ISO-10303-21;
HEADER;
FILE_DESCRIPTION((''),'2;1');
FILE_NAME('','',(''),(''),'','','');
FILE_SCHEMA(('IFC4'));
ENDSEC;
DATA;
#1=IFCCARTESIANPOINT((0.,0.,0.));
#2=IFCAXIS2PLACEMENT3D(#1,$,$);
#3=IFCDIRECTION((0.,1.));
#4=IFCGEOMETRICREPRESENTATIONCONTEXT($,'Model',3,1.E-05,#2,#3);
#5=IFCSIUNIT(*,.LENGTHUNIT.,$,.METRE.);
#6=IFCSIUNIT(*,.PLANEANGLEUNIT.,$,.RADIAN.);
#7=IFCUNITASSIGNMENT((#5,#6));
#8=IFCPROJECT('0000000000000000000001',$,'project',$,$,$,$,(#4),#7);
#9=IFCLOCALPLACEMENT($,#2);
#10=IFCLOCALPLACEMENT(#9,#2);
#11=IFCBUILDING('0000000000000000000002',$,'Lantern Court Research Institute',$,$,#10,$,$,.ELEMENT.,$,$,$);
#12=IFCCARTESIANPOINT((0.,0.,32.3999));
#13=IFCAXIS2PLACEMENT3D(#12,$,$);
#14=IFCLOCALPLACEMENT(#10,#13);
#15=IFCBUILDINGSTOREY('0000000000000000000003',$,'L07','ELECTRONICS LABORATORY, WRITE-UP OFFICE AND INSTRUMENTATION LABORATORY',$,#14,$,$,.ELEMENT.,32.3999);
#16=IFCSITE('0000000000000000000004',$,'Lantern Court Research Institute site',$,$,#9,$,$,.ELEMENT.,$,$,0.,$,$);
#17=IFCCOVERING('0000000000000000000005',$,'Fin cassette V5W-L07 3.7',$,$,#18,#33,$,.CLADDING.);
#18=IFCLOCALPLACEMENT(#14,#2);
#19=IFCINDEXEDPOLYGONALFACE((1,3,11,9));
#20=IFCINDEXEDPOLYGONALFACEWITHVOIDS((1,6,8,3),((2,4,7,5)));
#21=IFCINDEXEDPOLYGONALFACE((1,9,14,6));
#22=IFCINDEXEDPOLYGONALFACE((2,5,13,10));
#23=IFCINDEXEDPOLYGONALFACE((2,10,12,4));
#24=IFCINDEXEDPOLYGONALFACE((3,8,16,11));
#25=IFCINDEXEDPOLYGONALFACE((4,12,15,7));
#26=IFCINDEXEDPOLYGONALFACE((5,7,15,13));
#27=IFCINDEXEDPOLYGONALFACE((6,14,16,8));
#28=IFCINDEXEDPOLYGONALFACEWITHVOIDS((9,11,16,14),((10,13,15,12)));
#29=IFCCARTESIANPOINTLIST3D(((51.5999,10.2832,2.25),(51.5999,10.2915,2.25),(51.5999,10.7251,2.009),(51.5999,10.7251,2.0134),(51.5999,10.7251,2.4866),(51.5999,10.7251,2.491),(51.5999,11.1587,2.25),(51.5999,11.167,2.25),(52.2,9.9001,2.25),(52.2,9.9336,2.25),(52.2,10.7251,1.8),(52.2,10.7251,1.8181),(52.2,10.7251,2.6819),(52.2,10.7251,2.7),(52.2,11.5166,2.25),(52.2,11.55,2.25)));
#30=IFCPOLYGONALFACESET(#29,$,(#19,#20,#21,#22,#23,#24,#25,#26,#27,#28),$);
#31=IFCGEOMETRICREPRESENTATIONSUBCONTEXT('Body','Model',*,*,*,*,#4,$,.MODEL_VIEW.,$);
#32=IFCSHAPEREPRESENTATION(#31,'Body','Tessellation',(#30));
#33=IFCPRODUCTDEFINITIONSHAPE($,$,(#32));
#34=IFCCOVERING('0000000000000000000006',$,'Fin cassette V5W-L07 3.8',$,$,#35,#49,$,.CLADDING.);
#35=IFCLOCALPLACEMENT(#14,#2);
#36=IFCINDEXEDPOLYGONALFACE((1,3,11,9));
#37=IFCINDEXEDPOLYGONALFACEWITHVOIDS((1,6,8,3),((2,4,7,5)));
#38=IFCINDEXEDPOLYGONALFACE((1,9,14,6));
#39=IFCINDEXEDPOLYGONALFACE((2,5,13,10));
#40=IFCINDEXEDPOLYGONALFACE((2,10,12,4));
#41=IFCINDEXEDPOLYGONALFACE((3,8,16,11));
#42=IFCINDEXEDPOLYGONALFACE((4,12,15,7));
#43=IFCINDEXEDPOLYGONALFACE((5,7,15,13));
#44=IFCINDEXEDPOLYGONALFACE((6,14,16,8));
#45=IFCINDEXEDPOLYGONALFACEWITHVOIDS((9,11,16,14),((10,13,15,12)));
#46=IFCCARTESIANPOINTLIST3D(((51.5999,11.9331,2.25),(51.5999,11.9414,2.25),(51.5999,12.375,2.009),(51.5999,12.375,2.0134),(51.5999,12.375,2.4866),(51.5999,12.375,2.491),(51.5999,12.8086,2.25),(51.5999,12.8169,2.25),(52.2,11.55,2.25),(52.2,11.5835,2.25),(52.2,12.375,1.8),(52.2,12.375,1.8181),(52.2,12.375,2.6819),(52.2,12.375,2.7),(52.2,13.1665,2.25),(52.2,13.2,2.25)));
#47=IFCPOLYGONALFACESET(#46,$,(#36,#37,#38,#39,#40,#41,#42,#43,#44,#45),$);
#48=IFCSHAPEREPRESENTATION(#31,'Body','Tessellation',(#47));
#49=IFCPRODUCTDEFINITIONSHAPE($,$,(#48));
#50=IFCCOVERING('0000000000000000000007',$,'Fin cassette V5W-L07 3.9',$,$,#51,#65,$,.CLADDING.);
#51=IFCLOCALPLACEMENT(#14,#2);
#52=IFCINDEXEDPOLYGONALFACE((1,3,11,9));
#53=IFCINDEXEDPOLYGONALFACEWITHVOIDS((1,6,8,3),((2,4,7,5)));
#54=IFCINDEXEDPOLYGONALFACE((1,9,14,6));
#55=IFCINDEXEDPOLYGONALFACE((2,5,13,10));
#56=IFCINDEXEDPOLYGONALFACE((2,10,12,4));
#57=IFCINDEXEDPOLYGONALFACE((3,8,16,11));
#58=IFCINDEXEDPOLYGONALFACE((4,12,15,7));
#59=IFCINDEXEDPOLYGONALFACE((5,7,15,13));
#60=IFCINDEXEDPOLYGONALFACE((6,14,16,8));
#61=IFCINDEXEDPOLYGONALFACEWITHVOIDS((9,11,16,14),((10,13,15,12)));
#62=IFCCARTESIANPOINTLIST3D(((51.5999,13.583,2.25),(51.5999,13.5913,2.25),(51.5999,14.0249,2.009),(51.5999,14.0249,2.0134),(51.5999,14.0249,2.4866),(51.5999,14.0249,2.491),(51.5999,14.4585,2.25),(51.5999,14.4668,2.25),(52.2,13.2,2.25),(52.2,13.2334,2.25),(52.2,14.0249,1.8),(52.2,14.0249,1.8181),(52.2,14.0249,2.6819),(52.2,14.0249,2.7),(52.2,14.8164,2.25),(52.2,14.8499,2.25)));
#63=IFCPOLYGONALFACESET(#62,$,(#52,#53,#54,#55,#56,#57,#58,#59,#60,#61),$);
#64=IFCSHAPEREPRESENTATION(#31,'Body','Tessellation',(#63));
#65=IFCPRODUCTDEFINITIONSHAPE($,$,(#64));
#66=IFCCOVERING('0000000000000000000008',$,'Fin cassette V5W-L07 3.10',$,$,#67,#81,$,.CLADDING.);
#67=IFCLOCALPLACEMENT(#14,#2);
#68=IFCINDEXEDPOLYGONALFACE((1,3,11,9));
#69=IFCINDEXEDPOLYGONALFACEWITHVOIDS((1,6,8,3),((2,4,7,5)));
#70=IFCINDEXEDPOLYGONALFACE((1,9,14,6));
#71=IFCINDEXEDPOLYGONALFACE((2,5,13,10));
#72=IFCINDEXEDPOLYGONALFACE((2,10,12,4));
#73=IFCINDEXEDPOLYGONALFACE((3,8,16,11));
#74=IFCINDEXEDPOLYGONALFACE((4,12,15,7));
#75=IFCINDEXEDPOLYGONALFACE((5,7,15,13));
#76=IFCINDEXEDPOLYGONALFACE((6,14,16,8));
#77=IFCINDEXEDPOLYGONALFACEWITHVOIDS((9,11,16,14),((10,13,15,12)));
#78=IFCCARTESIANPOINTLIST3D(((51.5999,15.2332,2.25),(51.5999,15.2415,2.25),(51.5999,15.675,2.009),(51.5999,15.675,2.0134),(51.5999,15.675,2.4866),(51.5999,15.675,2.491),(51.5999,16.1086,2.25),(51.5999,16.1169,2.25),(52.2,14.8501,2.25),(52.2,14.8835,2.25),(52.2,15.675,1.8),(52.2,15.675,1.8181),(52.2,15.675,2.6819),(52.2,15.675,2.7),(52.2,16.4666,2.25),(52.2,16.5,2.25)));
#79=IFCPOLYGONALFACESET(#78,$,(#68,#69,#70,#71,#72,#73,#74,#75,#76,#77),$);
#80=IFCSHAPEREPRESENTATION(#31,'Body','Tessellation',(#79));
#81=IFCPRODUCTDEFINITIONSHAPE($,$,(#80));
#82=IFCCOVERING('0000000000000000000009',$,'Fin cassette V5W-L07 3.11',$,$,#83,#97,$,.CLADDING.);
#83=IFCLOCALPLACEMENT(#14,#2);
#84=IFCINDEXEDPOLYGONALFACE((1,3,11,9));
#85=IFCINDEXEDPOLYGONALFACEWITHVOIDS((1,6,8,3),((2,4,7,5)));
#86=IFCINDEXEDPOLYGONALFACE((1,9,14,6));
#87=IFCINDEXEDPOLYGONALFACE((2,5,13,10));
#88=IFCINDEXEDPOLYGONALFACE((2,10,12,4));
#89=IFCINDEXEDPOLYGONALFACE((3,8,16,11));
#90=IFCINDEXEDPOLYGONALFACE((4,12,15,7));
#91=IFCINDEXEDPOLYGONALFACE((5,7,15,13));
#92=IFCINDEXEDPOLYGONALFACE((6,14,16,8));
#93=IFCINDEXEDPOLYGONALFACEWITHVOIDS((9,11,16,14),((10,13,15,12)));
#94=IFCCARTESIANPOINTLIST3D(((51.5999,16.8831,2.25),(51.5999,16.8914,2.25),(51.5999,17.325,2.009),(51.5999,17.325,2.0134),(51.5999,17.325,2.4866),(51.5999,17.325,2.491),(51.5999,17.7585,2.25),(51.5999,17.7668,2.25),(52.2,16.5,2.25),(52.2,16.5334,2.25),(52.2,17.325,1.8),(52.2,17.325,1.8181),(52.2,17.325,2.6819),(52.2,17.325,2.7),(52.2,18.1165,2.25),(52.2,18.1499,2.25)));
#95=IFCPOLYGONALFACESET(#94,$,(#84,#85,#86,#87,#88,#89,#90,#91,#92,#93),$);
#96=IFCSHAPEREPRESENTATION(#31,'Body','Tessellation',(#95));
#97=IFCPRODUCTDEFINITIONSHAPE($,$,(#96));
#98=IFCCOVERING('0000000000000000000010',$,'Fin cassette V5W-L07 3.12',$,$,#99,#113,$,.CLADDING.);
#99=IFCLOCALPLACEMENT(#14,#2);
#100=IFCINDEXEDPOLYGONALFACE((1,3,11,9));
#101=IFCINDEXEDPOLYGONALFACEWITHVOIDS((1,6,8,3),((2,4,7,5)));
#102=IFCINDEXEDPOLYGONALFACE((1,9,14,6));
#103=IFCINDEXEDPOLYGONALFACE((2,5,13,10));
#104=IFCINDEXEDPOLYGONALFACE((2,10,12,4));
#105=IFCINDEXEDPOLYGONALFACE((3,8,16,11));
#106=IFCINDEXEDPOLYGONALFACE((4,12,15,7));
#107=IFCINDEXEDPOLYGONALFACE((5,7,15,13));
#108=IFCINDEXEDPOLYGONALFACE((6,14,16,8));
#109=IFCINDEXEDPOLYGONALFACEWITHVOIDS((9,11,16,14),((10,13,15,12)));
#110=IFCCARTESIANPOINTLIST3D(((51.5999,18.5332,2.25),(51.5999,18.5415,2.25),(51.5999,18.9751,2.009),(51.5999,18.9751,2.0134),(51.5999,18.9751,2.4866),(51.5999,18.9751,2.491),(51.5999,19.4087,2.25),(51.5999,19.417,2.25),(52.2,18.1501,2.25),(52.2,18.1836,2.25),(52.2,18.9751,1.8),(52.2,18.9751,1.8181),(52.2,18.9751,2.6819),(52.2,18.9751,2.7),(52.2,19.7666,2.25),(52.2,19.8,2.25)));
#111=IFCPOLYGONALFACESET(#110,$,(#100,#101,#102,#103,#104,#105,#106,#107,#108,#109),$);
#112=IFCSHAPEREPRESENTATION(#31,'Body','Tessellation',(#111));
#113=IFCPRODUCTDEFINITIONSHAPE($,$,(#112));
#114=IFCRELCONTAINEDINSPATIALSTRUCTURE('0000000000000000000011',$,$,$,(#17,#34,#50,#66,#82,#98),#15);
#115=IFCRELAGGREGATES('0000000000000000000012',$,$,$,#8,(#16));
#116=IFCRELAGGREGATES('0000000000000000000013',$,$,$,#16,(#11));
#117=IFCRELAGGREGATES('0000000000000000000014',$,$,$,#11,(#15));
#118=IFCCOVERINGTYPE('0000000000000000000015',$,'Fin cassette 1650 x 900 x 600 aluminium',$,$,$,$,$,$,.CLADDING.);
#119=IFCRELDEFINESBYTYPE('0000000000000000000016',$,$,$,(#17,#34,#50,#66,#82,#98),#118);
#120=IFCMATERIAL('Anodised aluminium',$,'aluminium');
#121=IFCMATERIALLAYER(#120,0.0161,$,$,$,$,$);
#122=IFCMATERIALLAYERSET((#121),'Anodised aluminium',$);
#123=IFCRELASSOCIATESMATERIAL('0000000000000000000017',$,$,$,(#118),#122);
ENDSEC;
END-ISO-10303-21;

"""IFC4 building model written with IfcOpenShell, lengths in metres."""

from ifc_helpers import new_model, entity, si_unit, direction, frame, origin, place, context, subcontext, project, spatial, material, layer, layer_set, type_object, element, save


model = new_model("IFC4")

# Units and contexts
model_context = context("Model", 3, precision=1e-05, world=origin(), true_north=direction((0.0, 1.0)))
body_context = subcontext(model_context, "Body", "Model", "MODEL_VIEW")
ifc_project = project(units=[si_unit("LENGTHUNIT", "METRE"), si_unit("PLANEANGLEUNIT", "RADIAN")], contexts=[model_context])

# Site, building, storey
site_placement = place(None, origin())
site = spatial("IfcSite", under=ifc_project, at=site_placement, Name="Lantern Court Research Institute site", CompositionType="ELEMENT", RefElevation=0.0)
building_placement = place(site_placement, origin())
building = spatial("IfcBuilding", under=site, at=building_placement, Name="Lantern Court Research Institute", CompositionType="ELEMENT")
storey_placement = place(building_placement, frame((0.0, 0.0, 32.3999)))
storey = spatial("IfcBuildingStorey", under=building, at=storey_placement, Name="L07", Description="ELECTRONICS LABORATORY, WRITE-UP OFFICE AND INSTRUMENTATION LABORATORY", CompositionType="ELEMENT", Elevation=32.3999)

# Coverings
ifc_material = material(Name="Anodised aluminium", Category="aluminium")
ifc_layer = layer(ifc_material, 0.0161)
ifc_layer_set = layer_set([ifc_layer], Name="Anodised aluminium")
covering_type = type_object("IfcCoveringType", Name="Fin cassette 1650 x 900 x 600 aluminium", PredefinedType="CLADDING", material=ifc_layer_set)
covering_1_placement = place(storey_placement, frame((52.2, 10.7251, 2.25), z_axis=(-1.0, 0.0, 0.0), x_axis=(0.0, -1.0, 0.0)))
cartesian_point_1 = entity("IfcCartesianPoint", [0.825, 0.0])
cartesian_point_2 = entity("IfcCartesianPoint", [0.7915, 0.0])
cartesian_point_3 = entity("IfcCartesianPoint", [0.4419, 0.0])
cartesian_point_4 = entity("IfcCartesianPoint", [0.4336, 0.0])
element("IfcCovering", 1, at=covering_1_placement, inside=storey, type_object=covering_type, Name="Fin cassette V5W-L07 3.7", PredefinedType="CLADDING", context=body_context, shape_type="SweptSolid", body=[
    entity("IfcExtrudedAreaSolidTapered", entity("IfcArbitraryProfileDefWithVoids", "AREA", None, entity("IfcPolyline", [cartesian_point_1, entity("IfcCartesianPoint", [0.0, 0.45]), entity("IfcCartesianPoint", [-0.825, 0.0]), entity("IfcCartesianPoint", [0.0, -0.45]), cartesian_point_1]), [entity("IfcPolyline", [cartesian_point_2, entity("IfcCartesianPoint", [0.0, 0.4319]), entity("IfcCartesianPoint", [-0.7915, 0.0]), entity("IfcCartesianPoint", [0.0, -0.4319]), cartesian_point_2])]), entity("IfcAxis2Placement3D", entity("IfcCartesianPoint", [0.0, 0.0, 0.0])), entity("IfcDirection", [0.0, 0.0, 1.0]), 0.6001, entity("IfcArbitraryProfileDefWithVoids", "AREA", None, entity("IfcPolyline", [cartesian_point_3, entity("IfcCartesianPoint", [0.0, 0.241]), entity("IfcCartesianPoint", [-0.4419, 0.0]), entity("IfcCartesianPoint", [0.0, -0.241]), cartesian_point_3]), [entity("IfcPolyline", [cartesian_point_4, entity("IfcCartesianPoint", [0.0, 0.2366]), entity("IfcCartesianPoint", [-0.4336, 0.0]), entity("IfcCartesianPoint", [0.0, -0.2366]), cartesian_point_4])])),
])
covering_2_placement = place(storey_placement, frame((52.2, 12.375, 2.25), z_axis=(-1.0, 0.0, 0.0), x_axis=(0.0, -1.0, 0.0)))
cartesian_point_5 = entity("IfcCartesianPoint", [0.825, 0.0])
cartesian_point_6 = entity("IfcCartesianPoint", [0.7915, 0.0])
cartesian_point_7 = entity("IfcCartesianPoint", [0.4419, 0.0])
cartesian_point_8 = entity("IfcCartesianPoint", [0.4336, 0.0])
element("IfcCovering", 2, at=covering_2_placement, inside=storey, type_object=covering_type, Name="Fin cassette V5W-L07 3.8", PredefinedType="CLADDING", context=body_context, shape_type="SweptSolid", body=[
    entity("IfcExtrudedAreaSolidTapered", entity("IfcArbitraryProfileDefWithVoids", "AREA", None, entity("IfcPolyline", [cartesian_point_5, entity("IfcCartesianPoint", [0.0, 0.45]), entity("IfcCartesianPoint", [-0.825, 0.0]), entity("IfcCartesianPoint", [0.0, -0.45]), cartesian_point_5]), [entity("IfcPolyline", [cartesian_point_6, entity("IfcCartesianPoint", [0.0, 0.4319]), entity("IfcCartesianPoint", [-0.7915, 0.0]), entity("IfcCartesianPoint", [0.0, -0.4319]), cartesian_point_6])]), entity("IfcAxis2Placement3D", entity("IfcCartesianPoint", [0.0, 0.0, 0.0])), entity("IfcDirection", [0.0, 0.0, 1.0]), 0.6001, entity("IfcArbitraryProfileDefWithVoids", "AREA", None, entity("IfcPolyline", [cartesian_point_7, entity("IfcCartesianPoint", [0.0, 0.241]), entity("IfcCartesianPoint", [-0.4419, 0.0]), entity("IfcCartesianPoint", [0.0, -0.241]), cartesian_point_7]), [entity("IfcPolyline", [cartesian_point_8, entity("IfcCartesianPoint", [0.0, 0.2366]), entity("IfcCartesianPoint", [-0.4336, 0.0]), entity("IfcCartesianPoint", [0.0, -0.2366]), cartesian_point_8])])),
])
covering_3_placement = place(storey_placement, frame((52.2, 14.0249, 2.25), z_axis=(-1.0, 0.0, 0.0), x_axis=(0.0, -1.0, 0.0)))
cartesian_point_9 = entity("IfcCartesianPoint", [0.825, 0.0])
cartesian_point_10 = entity("IfcCartesianPoint", [0.7915, 0.0])
cartesian_point_11 = entity("IfcCartesianPoint", [0.4419, 0.0])
cartesian_point_12 = entity("IfcCartesianPoint", [0.4336, 0.0])
element("IfcCovering", 3, at=covering_3_placement, inside=storey, type_object=covering_type, Name="Fin cassette V5W-L07 3.9", PredefinedType="CLADDING", context=body_context, shape_type="SweptSolid", body=[
    entity("IfcExtrudedAreaSolidTapered", entity("IfcArbitraryProfileDefWithVoids", "AREA", None, entity("IfcPolyline", [cartesian_point_9, entity("IfcCartesianPoint", [0.0, 0.45]), entity("IfcCartesianPoint", [-0.825, 0.0]), entity("IfcCartesianPoint", [0.0, -0.45]), cartesian_point_9]), [entity("IfcPolyline", [cartesian_point_10, entity("IfcCartesianPoint", [0.0, 0.4319]), entity("IfcCartesianPoint", [-0.7915, 0.0]), entity("IfcCartesianPoint", [0.0, -0.4319]), cartesian_point_10])]), entity("IfcAxis2Placement3D", entity("IfcCartesianPoint", [0.0, 0.0, 0.0])), entity("IfcDirection", [0.0, 0.0, 1.0]), 0.6001, entity("IfcArbitraryProfileDefWithVoids", "AREA", None, entity("IfcPolyline", [cartesian_point_11, entity("IfcCartesianPoint", [0.0, 0.241]), entity("IfcCartesianPoint", [-0.4419, 0.0]), entity("IfcCartesianPoint", [0.0, -0.241]), cartesian_point_11]), [entity("IfcPolyline", [cartesian_point_12, entity("IfcCartesianPoint", [0.0, 0.2366]), entity("IfcCartesianPoint", [-0.4336, 0.0]), entity("IfcCartesianPoint", [0.0, -0.2366]), cartesian_point_12])])),
])
covering_4_placement = place(storey_placement, frame((52.2, 15.675, 2.25), z_axis=(-1.0, 0.0, 0.0), x_axis=(0.0, -1.0, 0.0)))
cartesian_point_13 = entity("IfcCartesianPoint", [0.825, 0.0])
cartesian_point_14 = entity("IfcCartesianPoint", [0.7915, 0.0])
cartesian_point_15 = entity("IfcCartesianPoint", [0.4419, 0.0])
cartesian_point_16 = entity("IfcCartesianPoint", [0.4336, 0.0])
element("IfcCovering", 4, at=covering_4_placement, inside=storey, type_object=covering_type, Name="Fin cassette V5W-L07 3.10", PredefinedType="CLADDING", context=body_context, shape_type="SweptSolid", body=[
    entity("IfcExtrudedAreaSolidTapered", entity("IfcArbitraryProfileDefWithVoids", "AREA", None, entity("IfcPolyline", [cartesian_point_13, entity("IfcCartesianPoint", [0.0, 0.45]), entity("IfcCartesianPoint", [-0.825, 0.0]), entity("IfcCartesianPoint", [0.0, -0.45]), cartesian_point_13]), [entity("IfcPolyline", [cartesian_point_14, entity("IfcCartesianPoint", [0.0, 0.4319]), entity("IfcCartesianPoint", [-0.7915, 0.0]), entity("IfcCartesianPoint", [0.0, -0.4319]), cartesian_point_14])]), entity("IfcAxis2Placement3D", entity("IfcCartesianPoint", [0.0, 0.0, 0.0])), entity("IfcDirection", [0.0, 0.0, 1.0]), 0.6001, entity("IfcArbitraryProfileDefWithVoids", "AREA", None, entity("IfcPolyline", [cartesian_point_15, entity("IfcCartesianPoint", [0.0, 0.241]), entity("IfcCartesianPoint", [-0.4419, 0.0]), entity("IfcCartesianPoint", [0.0, -0.241]), cartesian_point_15]), [entity("IfcPolyline", [cartesian_point_16, entity("IfcCartesianPoint", [0.0, 0.2366]), entity("IfcCartesianPoint", [-0.4336, 0.0]), entity("IfcCartesianPoint", [0.0, -0.2366]), cartesian_point_16])])),
])
covering_5_placement = place(storey_placement, frame((52.2, 17.325, 2.25), z_axis=(-1.0, 0.0, 0.0), x_axis=(0.0, -1.0, 0.0)))
cartesian_point_17 = entity("IfcCartesianPoint", [0.825, 0.0])
cartesian_point_18 = entity("IfcCartesianPoint", [0.7915, 0.0])
cartesian_point_19 = entity("IfcCartesianPoint", [0.4419, 0.0])
cartesian_point_20 = entity("IfcCartesianPoint", [0.4336, 0.0])
element("IfcCovering", 5, at=covering_5_placement, inside=storey, type_object=covering_type, Name="Fin cassette V5W-L07 3.11", PredefinedType="CLADDING", context=body_context, shape_type="SweptSolid", body=[
    entity("IfcExtrudedAreaSolidTapered", entity("IfcArbitraryProfileDefWithVoids", "AREA", None, entity("IfcPolyline", [cartesian_point_17, entity("IfcCartesianPoint", [0.0, 0.45]), entity("IfcCartesianPoint", [-0.825, 0.0]), entity("IfcCartesianPoint", [0.0, -0.45]), cartesian_point_17]), [entity("IfcPolyline", [cartesian_point_18, entity("IfcCartesianPoint", [0.0, 0.4319]), entity("IfcCartesianPoint", [-0.7915, 0.0]), entity("IfcCartesianPoint", [0.0, -0.4319]), cartesian_point_18])]), entity("IfcAxis2Placement3D", entity("IfcCartesianPoint", [0.0, 0.0, 0.0])), entity("IfcDirection", [0.0, 0.0, 1.0]), 0.6001, entity("IfcArbitraryProfileDefWithVoids", "AREA", None, entity("IfcPolyline", [cartesian_point_19, entity("IfcCartesianPoint", [0.0, 0.241]), entity("IfcCartesianPoint", [-0.4419, 0.0]), entity("IfcCartesianPoint", [0.0, -0.241]), cartesian_point_19]), [entity("IfcPolyline", [cartesian_point_20, entity("IfcCartesianPoint", [0.0, 0.2366]), entity("IfcCartesianPoint", [-0.4336, 0.0]), entity("IfcCartesianPoint", [0.0, -0.2366]), cartesian_point_20])])),
])
covering_6_placement = place(storey_placement, frame((52.2, 18.9751, 2.25), z_axis=(-1.0, 0.0, 0.0), x_axis=(0.0, -1.0, 0.0)))
cartesian_point_21 = entity("IfcCartesianPoint", [0.825, 0.0])
cartesian_point_22 = entity("IfcCartesianPoint", [0.7915, 0.0])
cartesian_point_23 = entity("IfcCartesianPoint", [0.4419, 0.0])
cartesian_point_24 = entity("IfcCartesianPoint", [0.4336, 0.0])
element("IfcCovering", 6, at=covering_6_placement, inside=storey, type_object=covering_type, Name="Fin cassette V5W-L07 3.12", PredefinedType="CLADDING", context=body_context, shape_type="SweptSolid", body=[
    entity("IfcExtrudedAreaSolidTapered", entity("IfcArbitraryProfileDefWithVoids", "AREA", None, entity("IfcPolyline", [cartesian_point_21, entity("IfcCartesianPoint", [0.0, 0.45]), entity("IfcCartesianPoint", [-0.825, 0.0]), entity("IfcCartesianPoint", [0.0, -0.45]), cartesian_point_21]), [entity("IfcPolyline", [cartesian_point_22, entity("IfcCartesianPoint", [0.0, 0.4319]), entity("IfcCartesianPoint", [-0.7915, 0.0]), entity("IfcCartesianPoint", [0.0, -0.4319]), cartesian_point_22])]), entity("IfcAxis2Placement3D", entity("IfcCartesianPoint", [0.0, 0.0, 0.0])), entity("IfcDirection", [0.0, 0.0, 1.0]), 0.6001, entity("IfcArbitraryProfileDefWithVoids", "AREA", None, entity("IfcPolyline", [cartesian_point_23, entity("IfcCartesianPoint", [0.0, 0.241]), entity("IfcCartesianPoint", [-0.4419, 0.0]), entity("IfcCartesianPoint", [0.0, -0.241]), cartesian_point_23]), [entity("IfcPolyline", [cartesian_point_24, entity("IfcCartesianPoint", [0.0, 0.2366]), entity("IfcCartesianPoint", [-0.4336, 0.0]), entity("IfcCartesianPoint", [0.0, -0.2366]), cartesian_point_24])])),
])

save(model, "model.ifc")
